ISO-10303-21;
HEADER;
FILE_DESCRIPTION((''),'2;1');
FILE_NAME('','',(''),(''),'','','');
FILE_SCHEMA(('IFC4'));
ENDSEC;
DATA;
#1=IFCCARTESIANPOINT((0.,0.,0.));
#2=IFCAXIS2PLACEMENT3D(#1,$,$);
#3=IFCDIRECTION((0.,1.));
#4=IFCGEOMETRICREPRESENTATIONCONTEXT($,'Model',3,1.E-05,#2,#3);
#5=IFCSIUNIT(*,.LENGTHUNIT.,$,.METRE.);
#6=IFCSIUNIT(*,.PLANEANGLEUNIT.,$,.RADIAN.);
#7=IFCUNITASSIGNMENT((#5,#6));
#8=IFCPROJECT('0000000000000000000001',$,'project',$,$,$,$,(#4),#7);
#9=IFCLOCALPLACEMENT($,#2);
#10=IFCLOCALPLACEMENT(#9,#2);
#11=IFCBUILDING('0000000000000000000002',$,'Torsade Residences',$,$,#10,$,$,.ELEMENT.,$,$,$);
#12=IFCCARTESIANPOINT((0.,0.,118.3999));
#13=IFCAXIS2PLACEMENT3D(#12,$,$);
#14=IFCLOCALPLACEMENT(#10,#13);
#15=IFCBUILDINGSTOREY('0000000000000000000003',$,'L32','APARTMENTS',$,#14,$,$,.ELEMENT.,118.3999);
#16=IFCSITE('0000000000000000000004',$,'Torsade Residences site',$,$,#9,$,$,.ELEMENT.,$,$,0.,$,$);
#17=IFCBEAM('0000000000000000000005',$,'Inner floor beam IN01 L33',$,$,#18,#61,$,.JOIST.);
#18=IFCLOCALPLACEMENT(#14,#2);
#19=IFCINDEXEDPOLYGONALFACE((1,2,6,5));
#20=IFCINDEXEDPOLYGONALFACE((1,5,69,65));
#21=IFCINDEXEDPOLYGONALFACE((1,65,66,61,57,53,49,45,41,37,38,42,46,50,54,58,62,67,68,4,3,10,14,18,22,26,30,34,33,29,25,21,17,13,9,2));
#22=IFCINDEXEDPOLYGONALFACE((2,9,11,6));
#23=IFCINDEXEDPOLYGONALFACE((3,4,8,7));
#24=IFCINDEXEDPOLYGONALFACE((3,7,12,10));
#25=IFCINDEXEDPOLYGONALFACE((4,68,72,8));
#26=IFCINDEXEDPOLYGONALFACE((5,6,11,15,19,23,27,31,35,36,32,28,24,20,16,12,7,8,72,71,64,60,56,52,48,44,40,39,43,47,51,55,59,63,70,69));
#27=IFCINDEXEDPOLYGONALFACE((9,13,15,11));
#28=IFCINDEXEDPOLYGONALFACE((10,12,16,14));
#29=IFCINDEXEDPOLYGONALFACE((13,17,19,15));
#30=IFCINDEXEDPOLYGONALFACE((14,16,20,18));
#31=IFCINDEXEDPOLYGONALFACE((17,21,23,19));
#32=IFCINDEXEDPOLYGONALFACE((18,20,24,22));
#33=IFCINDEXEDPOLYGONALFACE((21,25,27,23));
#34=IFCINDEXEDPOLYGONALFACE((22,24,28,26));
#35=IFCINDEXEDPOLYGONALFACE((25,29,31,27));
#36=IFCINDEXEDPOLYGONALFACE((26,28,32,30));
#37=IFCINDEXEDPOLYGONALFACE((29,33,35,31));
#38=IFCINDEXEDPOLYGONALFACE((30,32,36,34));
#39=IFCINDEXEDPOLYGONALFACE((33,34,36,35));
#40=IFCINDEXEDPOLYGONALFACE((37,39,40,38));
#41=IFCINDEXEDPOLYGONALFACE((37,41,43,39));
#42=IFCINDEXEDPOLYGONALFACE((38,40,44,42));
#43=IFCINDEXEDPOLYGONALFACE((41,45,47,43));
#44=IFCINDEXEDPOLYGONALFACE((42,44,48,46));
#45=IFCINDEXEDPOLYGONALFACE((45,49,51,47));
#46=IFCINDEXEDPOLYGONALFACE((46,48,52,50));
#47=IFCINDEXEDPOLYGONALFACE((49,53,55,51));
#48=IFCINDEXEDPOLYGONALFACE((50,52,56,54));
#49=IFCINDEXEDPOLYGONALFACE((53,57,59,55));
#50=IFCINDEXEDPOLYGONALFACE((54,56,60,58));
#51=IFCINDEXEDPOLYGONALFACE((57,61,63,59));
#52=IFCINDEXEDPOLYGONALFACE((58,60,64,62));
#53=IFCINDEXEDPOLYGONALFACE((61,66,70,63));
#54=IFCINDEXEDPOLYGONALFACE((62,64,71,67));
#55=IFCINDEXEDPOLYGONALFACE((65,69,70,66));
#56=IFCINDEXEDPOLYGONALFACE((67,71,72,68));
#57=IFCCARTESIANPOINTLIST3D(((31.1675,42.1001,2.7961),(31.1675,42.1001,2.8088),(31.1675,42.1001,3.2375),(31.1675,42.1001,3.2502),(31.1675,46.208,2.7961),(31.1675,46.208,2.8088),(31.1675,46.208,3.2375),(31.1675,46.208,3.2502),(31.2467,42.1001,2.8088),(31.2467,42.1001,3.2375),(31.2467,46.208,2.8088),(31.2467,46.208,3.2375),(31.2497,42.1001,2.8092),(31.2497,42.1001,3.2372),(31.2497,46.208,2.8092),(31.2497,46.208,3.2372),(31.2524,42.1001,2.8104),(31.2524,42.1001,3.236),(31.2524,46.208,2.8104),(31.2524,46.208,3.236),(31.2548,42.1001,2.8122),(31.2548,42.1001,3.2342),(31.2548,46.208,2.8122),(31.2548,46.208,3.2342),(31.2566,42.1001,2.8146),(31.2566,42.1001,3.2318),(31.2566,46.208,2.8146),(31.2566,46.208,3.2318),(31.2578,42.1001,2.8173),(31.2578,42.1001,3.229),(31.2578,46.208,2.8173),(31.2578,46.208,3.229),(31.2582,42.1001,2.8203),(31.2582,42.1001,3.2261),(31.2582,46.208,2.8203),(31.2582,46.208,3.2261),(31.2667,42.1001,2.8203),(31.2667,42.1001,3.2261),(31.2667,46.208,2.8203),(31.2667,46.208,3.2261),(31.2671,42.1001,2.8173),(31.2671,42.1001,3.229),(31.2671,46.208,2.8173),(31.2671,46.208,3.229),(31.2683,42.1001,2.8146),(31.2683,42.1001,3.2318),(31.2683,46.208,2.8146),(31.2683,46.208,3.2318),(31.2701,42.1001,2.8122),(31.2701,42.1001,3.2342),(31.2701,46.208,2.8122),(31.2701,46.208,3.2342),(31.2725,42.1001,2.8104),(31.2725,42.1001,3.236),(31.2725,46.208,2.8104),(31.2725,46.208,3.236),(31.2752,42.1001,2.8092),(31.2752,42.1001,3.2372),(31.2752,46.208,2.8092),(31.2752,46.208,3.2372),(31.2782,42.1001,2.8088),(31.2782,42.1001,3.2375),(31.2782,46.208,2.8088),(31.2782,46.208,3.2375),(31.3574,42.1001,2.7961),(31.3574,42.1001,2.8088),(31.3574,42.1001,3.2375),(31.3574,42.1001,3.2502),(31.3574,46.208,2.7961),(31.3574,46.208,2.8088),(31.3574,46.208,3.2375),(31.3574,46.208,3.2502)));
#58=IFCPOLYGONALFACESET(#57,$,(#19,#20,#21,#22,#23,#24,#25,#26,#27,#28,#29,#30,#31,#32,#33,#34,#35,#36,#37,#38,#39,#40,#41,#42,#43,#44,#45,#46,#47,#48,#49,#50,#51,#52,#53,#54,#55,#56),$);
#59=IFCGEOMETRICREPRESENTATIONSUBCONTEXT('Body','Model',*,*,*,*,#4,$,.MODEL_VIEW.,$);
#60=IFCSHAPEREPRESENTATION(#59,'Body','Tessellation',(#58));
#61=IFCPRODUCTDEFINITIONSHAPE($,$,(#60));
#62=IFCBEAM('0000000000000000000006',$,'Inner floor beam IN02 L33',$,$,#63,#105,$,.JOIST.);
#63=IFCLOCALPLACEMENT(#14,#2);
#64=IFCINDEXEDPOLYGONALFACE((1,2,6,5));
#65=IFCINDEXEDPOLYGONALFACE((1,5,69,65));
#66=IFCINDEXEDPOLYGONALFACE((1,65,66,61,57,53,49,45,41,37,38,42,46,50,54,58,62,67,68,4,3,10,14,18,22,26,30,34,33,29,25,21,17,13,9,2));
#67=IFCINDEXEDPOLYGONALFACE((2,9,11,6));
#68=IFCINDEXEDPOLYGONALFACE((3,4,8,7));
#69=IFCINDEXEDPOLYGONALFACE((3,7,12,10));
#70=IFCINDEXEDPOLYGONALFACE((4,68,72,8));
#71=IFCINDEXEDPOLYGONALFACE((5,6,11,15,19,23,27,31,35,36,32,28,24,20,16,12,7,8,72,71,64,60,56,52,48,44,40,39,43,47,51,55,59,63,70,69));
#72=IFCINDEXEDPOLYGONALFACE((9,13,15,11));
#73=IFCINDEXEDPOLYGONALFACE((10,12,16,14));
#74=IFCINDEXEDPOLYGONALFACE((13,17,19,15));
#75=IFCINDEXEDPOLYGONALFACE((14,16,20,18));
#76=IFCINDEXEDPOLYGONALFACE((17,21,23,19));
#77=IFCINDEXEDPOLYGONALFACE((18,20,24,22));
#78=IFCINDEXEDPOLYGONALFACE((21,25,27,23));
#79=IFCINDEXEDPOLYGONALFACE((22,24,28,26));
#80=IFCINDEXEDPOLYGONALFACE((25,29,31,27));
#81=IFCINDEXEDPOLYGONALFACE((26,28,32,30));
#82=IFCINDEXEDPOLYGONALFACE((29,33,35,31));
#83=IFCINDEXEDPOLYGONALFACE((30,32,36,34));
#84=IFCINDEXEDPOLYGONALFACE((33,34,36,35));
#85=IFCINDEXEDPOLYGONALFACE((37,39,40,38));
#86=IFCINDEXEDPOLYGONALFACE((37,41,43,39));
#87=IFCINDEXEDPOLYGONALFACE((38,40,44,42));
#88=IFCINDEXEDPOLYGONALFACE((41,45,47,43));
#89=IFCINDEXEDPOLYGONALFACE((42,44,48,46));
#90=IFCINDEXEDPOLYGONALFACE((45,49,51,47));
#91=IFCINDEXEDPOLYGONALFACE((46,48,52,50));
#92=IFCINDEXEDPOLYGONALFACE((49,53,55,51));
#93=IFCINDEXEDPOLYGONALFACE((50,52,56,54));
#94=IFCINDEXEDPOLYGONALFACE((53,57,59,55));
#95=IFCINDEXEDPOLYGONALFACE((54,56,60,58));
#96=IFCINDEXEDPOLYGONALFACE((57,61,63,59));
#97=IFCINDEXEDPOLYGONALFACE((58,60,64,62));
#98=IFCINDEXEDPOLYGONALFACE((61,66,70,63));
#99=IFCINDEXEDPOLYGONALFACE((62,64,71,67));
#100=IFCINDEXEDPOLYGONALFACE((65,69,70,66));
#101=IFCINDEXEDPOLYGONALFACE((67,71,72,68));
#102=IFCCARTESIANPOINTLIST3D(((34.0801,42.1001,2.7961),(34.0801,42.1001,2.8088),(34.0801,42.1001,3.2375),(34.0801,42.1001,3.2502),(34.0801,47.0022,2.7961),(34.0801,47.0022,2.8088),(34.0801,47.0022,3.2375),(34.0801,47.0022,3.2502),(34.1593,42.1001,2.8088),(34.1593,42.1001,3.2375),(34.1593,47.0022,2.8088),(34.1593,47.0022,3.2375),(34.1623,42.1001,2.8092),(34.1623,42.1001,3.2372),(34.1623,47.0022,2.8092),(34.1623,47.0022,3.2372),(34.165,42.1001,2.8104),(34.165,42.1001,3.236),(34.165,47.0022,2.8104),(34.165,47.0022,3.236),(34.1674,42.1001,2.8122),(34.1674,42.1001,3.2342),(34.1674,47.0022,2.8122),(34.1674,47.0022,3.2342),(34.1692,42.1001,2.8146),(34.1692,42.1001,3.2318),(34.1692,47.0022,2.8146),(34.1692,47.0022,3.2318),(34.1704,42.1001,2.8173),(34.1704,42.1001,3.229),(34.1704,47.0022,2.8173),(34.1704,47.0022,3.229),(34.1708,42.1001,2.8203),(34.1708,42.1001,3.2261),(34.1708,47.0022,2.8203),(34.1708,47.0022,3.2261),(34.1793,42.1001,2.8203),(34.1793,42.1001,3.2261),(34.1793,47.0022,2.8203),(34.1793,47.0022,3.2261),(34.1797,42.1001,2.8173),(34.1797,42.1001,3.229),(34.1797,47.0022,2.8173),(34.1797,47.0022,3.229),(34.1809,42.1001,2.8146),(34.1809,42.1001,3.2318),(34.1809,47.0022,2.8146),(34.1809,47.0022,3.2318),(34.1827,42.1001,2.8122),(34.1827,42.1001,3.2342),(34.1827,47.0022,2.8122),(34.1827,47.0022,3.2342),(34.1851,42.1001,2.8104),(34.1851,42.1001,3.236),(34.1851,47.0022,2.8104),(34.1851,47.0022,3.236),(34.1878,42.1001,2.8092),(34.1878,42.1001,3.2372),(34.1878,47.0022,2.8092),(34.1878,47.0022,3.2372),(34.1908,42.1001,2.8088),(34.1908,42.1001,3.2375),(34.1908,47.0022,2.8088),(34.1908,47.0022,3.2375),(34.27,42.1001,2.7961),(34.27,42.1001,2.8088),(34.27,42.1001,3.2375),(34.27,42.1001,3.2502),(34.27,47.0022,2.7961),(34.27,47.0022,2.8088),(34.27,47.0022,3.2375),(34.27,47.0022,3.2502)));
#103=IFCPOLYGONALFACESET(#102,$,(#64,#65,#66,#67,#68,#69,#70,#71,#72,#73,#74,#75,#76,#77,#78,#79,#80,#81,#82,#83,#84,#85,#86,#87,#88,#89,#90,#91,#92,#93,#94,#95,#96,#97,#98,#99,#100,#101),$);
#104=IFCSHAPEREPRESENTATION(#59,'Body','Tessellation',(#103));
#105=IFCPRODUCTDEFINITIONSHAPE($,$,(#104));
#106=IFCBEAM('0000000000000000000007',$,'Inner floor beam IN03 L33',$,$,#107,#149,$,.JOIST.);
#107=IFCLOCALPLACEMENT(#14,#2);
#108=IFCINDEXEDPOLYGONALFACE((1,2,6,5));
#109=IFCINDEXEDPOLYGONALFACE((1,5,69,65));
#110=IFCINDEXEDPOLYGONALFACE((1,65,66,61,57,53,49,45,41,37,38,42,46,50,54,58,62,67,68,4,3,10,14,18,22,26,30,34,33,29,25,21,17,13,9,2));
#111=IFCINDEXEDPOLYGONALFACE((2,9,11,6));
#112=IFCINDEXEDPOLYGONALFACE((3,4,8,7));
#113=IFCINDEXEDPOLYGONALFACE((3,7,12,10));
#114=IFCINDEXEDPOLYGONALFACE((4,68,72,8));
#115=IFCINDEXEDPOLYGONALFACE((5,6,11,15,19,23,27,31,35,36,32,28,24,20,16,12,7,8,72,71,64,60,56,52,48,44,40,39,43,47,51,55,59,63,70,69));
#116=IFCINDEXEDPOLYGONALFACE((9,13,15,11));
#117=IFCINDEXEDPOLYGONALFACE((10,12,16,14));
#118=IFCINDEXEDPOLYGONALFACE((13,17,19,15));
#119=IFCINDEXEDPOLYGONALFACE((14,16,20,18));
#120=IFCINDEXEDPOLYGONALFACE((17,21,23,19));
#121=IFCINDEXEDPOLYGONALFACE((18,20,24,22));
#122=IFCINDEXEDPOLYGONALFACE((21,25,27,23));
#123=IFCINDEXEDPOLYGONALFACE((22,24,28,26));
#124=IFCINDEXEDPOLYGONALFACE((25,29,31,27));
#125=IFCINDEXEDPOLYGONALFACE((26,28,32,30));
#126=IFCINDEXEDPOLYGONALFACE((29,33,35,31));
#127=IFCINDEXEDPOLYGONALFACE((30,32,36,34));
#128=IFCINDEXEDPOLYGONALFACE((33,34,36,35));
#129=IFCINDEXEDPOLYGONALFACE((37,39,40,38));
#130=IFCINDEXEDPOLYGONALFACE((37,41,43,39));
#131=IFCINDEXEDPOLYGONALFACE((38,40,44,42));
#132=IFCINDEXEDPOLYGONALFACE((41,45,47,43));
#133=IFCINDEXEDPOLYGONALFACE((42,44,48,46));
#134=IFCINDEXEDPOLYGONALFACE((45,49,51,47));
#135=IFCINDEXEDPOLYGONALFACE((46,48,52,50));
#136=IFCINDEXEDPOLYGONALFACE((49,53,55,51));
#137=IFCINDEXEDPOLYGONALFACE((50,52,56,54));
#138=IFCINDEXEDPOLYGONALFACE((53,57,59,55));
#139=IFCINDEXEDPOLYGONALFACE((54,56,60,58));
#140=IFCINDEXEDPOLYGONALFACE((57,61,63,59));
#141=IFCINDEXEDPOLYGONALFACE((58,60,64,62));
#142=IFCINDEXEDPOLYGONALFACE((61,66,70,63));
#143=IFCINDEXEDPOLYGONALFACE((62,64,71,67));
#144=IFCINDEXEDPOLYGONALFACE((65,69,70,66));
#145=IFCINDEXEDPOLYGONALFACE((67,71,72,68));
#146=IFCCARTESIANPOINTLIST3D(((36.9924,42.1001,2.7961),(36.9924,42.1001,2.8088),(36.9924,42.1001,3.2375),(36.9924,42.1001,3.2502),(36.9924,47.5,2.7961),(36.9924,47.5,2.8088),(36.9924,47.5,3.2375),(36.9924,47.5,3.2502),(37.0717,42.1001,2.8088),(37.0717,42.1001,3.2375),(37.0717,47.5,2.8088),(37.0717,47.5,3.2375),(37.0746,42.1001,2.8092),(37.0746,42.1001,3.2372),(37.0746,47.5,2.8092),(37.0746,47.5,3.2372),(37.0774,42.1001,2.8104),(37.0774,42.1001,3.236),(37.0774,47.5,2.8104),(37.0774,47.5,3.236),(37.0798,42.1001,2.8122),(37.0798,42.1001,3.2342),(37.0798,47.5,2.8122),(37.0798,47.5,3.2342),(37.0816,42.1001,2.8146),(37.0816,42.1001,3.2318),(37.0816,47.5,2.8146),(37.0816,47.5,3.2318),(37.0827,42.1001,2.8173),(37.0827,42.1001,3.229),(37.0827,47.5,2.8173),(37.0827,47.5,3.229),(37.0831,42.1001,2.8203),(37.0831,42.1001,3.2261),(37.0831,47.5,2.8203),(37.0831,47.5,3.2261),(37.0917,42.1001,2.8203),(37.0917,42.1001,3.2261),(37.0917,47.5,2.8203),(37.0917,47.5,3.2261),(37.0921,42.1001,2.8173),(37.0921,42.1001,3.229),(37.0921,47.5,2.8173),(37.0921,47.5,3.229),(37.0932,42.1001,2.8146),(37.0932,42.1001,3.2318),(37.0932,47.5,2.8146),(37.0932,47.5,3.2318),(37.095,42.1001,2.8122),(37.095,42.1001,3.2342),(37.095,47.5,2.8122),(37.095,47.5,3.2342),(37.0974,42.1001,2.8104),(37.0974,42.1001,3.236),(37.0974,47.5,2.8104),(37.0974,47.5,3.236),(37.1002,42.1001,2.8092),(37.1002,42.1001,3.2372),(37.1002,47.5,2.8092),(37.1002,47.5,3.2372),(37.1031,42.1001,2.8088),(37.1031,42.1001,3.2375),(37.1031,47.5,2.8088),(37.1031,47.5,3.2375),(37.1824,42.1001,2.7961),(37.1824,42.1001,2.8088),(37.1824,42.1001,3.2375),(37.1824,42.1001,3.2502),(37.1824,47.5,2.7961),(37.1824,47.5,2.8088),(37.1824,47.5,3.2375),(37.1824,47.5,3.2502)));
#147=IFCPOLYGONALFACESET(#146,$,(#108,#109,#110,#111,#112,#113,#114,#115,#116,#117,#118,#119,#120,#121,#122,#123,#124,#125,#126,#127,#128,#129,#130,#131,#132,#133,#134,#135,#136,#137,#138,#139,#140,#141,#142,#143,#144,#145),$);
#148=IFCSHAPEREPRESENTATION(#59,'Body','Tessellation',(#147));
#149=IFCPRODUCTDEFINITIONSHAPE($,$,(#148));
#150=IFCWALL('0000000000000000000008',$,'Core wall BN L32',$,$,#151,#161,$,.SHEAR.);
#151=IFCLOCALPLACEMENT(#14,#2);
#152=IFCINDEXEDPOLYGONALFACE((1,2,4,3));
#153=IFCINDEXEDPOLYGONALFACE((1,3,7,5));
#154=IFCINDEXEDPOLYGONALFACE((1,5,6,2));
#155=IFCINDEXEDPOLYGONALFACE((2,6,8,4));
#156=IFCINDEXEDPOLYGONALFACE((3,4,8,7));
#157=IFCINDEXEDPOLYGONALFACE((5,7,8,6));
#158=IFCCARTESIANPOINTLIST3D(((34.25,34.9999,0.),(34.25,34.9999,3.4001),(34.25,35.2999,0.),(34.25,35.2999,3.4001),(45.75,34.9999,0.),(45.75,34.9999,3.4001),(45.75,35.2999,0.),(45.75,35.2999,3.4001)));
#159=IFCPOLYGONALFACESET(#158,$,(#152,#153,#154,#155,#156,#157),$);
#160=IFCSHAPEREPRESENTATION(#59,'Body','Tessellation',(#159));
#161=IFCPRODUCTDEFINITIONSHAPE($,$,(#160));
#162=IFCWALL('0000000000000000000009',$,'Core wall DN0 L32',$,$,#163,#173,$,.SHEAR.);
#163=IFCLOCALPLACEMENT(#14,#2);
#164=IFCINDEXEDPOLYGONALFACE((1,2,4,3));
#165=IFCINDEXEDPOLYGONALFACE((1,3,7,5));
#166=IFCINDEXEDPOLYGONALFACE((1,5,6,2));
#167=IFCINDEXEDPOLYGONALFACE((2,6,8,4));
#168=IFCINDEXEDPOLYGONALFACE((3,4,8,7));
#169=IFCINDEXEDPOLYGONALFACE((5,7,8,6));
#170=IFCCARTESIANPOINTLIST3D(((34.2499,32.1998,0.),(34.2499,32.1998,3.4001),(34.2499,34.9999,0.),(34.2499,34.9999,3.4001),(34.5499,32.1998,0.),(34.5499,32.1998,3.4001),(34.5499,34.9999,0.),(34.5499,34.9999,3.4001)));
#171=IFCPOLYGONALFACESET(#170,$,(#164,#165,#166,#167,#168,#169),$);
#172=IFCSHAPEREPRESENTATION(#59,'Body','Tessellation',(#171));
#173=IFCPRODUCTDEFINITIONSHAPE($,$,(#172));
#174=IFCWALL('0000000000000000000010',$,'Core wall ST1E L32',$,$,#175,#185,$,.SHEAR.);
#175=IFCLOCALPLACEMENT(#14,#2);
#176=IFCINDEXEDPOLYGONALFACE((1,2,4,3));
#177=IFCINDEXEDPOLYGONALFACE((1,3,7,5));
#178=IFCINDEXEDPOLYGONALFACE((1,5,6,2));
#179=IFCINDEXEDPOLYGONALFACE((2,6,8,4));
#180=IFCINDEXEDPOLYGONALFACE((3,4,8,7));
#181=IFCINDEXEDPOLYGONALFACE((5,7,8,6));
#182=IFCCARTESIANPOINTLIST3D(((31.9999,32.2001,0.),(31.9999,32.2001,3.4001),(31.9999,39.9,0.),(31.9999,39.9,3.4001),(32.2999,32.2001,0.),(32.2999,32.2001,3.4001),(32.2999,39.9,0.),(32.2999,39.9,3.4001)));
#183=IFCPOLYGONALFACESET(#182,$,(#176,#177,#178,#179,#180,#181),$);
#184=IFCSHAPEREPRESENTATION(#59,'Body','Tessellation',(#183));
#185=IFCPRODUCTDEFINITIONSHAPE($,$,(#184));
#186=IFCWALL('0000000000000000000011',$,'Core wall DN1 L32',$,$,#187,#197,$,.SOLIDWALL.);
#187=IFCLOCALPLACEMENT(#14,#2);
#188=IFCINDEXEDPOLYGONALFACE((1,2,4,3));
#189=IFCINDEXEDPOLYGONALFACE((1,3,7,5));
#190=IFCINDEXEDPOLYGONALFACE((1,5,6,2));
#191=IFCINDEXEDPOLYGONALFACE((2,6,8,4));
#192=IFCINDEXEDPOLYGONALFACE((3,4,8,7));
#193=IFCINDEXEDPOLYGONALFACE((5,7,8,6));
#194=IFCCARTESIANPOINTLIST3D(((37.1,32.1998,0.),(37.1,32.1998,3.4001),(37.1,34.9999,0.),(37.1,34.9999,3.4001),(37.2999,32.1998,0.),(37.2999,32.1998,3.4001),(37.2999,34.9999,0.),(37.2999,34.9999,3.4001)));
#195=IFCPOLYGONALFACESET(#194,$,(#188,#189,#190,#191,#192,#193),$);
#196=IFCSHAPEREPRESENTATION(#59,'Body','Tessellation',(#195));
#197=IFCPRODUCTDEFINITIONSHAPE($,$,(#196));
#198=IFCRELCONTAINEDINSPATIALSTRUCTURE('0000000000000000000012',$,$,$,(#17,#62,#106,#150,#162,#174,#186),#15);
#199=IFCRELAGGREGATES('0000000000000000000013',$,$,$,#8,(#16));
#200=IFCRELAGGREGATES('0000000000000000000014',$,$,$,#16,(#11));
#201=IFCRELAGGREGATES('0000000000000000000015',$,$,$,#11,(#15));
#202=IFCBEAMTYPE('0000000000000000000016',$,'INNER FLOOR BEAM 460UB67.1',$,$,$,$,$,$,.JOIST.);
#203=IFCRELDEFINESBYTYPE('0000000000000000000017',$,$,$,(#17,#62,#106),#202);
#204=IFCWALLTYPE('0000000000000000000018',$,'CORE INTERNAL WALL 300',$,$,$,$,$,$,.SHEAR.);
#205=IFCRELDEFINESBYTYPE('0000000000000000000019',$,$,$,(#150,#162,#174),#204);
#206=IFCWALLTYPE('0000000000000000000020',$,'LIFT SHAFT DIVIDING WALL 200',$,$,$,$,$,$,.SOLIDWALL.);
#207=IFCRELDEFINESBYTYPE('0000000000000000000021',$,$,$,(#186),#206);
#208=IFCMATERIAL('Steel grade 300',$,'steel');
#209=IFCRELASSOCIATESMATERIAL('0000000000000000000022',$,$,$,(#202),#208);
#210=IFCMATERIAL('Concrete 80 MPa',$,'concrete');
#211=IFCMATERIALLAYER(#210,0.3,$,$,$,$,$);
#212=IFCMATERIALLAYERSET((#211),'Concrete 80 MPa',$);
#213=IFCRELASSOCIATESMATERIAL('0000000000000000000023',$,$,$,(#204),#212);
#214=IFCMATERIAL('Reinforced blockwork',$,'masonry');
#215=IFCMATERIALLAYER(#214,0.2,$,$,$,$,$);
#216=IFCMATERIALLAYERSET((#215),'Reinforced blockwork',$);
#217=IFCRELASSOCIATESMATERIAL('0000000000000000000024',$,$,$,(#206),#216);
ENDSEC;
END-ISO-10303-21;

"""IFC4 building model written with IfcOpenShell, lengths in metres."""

from ifc_helpers import new_model, si_unit, direction, frame, frame_2d, origin, origin_2d, place, context, subcontext, project, spatial, rectangle, i_section, extrude, material, layer, layer_set, material_profile, profile_set, type_object, element, save


model = new_model("IFC4")

# Units and contexts
model_context = context("Model", 3, precision=1e-05, world=origin(), true_north=direction((0.0, 1.0)))
body_context = subcontext(model_context, "Body", "Model", "MODEL_VIEW")
ifc_project = project(units=[si_unit("LENGTHUNIT", "METRE"), si_unit("PLANEANGLEUNIT", "RADIAN")], contexts=[model_context])

# Site, building, storey
site_placement = place(None, origin())
site = spatial("IfcSite", under=ifc_project, at=site_placement, Name="Torsade Residences site", CompositionType="ELEMENT", RefElevation=0.0)
building_placement = place(site_placement, origin())
building = spatial("IfcBuilding", under=site, at=building_placement, Name="Torsade Residences", CompositionType="ELEMENT")
storey_placement = place(building_placement, frame((0.0, 0.0, 118.3999)))
storey = spatial("IfcBuildingStorey", under=building, at=storey_placement, Name="L32", Description="APARTMENTS", CompositionType="ELEMENT", Elevation=118.3999)

# Beams
ifc_material_1 = material(Name="Steel grade 300", Category="steel")
ifc_material_profile = material_profile(ifc_material_1, i_section(OverallWidth=0.1899, OverallDepth=0.4541, WebThickness=0.0085, FlangeThickness=0.0127, FilletRadius=0.0115, at=origin_2d()), Name="460UB67.1")
ifc_profile_set = profile_set([ifc_material_profile], Name="Steel grade 300")
beam_type = type_object("IfcBeamType", Name="INNER FLOOR BEAM 460UB67.1", PredefinedType="JOIST", material=ifc_profile_set)
beam_1_placement = place(storey_placement, frame((31.2625, 42.1001, 3.0232), z_axis=(0.0, 1.0, 0.0), x_axis=(-1.0, 0.0, 0.0)))
element("IfcBeam", 1, at=beam_1_placement, inside=storey, type_object=beam_type, Name="Inner floor beam IN01 L33", PredefinedType="JOIST", context=body_context, shape_type="SweptSolid", body=[
    extrude(i_section(OverallWidth=0.1899, OverallDepth=0.4541, WebThickness=0.0085, FlangeThickness=0.0127, FilletRadius=0.0115, at=origin_2d()), origin(), (0.0, 0.0, 1.0), 4.1079),
])
beam_2_placement = place(storey_placement, frame((34.175, 42.1001, 3.0232), z_axis=(0.0, 1.0, 0.0), x_axis=(-1.0, 0.0, 0.0)))
element("IfcBeam", 2, at=beam_2_placement, inside=storey, type_object=beam_type, Name="Inner floor beam IN02 L33", PredefinedType="JOIST", context=body_context, shape_type="SweptSolid", body=[
    extrude(i_section(OverallWidth=0.1899, OverallDepth=0.4541, WebThickness=0.0085, FlangeThickness=0.0127, FilletRadius=0.0115, at=origin_2d()), origin(), (0.0, 0.0, 1.0), 4.9021),
])
beam_3_placement = place(storey_placement, frame((37.0874, 42.1001, 3.0232), z_axis=(0.0, 1.0, 0.0), x_axis=(-1.0, 0.0, 0.0)))
element("IfcBeam", 3, at=beam_3_placement, inside=storey, type_object=beam_type, Name="Inner floor beam IN03 L33", PredefinedType="JOIST", context=body_context, shape_type="SweptSolid", body=[
    extrude(i_section(OverallWidth=0.1899, OverallDepth=0.4541, WebThickness=0.0085, FlangeThickness=0.0127, FilletRadius=0.0115, at=origin_2d()), origin(), (0.0, 0.0, 1.0), 5.3999),
])

# Walls
ifc_material_2 = material(Name="Concrete 80 MPa", Category="concrete")
ifc_layer_1 = layer(ifc_material_2, 0.3)
ifc_layer_set_1 = layer_set([ifc_layer_1], Name="Concrete 80 MPa")
wall_type_1 = type_object("IfcWallType", Name="CORE INTERNAL WALL 300", PredefinedType="SHEAR", material=ifc_layer_set_1)
wall_1_placement = place(storey_placement, frame((34.25, 35.1499, 0.0), z_axis=(0.0, 0.0, 1.0), x_axis=(1.0, 0.0, 0.0)))
element("IfcWall", 4, at=wall_1_placement, inside=storey, type_object=wall_type_1, Name="Core wall BN L32", PredefinedType="SHEAR", context=body_context, shape_type="SweptSolid", body=[
    extrude(rectangle(XDim=11.5, YDim=0.3, at=frame_2d((5.75, 0.0))), origin(), (0.0, 0.0, 1.0), 3.4001),
])
wall_2_placement = place(storey_placement, frame((34.3999, 32.2, 0.0), z_axis=(0.0, 0.0, 1.0), x_axis=(0.0, 1.0, 0.0)))
element("IfcWall", 5, at=wall_2_placement, inside=storey, type_object=wall_type_1, Name="Core wall DN0 L32", PredefinedType="SHEAR", context=body_context, shape_type="SweptSolid", body=[
    extrude(rectangle(XDim=2.8, YDim=0.3, at=frame_2d((1.3999, 0.0))), origin(), (0.0, 0.0, 1.0), 3.4001),
])
wall_3_placement = place(storey_placement, frame((32.1499, 32.2, 0.0), z_axis=(0.0, 0.0, 1.0), x_axis=(0.0, 1.0, 0.0)))
element("IfcWall", 6, at=wall_3_placement, inside=storey, type_object=wall_type_1, Name="Core wall ST1E L32", PredefinedType="SHEAR", context=body_context, shape_type="SweptSolid", body=[
    extrude(rectangle(XDim=7.7, YDim=0.3, at=frame_2d((3.8501, 0.0))), origin(), (0.0, 0.0, 1.0), 3.4001),
])
ifc_material_3 = material(Name="Reinforced blockwork", Category="masonry")
ifc_layer_2 = layer(ifc_material_3, 0.2)
ifc_layer_set_2 = layer_set([ifc_layer_2], Name="Reinforced blockwork")
wall_type_2 = type_object("IfcWallType", Name="LIFT SHAFT DIVIDING WALL 200", PredefinedType="SOLIDWALL", material=ifc_layer_set_2)
wall_4_placement = place(storey_placement, frame((37.2, 32.2, 0.0), z_axis=(0.0, 0.0, 1.0), x_axis=(0.0, 1.0, 0.0)))
element("IfcWall", 7, at=wall_4_placement, inside=storey, type_object=wall_type_2, Name="Core wall DN1 L32", PredefinedType="SOLIDWALL", context=body_context, shape_type="SweptSolid", body=[
    extrude(rectangle(XDim=2.8, YDim=0.2, at=frame_2d((1.3999, 0.0))), origin(), (0.0, 0.0, 1.0), 3.4001),
])

save(model, "model.ifc")
